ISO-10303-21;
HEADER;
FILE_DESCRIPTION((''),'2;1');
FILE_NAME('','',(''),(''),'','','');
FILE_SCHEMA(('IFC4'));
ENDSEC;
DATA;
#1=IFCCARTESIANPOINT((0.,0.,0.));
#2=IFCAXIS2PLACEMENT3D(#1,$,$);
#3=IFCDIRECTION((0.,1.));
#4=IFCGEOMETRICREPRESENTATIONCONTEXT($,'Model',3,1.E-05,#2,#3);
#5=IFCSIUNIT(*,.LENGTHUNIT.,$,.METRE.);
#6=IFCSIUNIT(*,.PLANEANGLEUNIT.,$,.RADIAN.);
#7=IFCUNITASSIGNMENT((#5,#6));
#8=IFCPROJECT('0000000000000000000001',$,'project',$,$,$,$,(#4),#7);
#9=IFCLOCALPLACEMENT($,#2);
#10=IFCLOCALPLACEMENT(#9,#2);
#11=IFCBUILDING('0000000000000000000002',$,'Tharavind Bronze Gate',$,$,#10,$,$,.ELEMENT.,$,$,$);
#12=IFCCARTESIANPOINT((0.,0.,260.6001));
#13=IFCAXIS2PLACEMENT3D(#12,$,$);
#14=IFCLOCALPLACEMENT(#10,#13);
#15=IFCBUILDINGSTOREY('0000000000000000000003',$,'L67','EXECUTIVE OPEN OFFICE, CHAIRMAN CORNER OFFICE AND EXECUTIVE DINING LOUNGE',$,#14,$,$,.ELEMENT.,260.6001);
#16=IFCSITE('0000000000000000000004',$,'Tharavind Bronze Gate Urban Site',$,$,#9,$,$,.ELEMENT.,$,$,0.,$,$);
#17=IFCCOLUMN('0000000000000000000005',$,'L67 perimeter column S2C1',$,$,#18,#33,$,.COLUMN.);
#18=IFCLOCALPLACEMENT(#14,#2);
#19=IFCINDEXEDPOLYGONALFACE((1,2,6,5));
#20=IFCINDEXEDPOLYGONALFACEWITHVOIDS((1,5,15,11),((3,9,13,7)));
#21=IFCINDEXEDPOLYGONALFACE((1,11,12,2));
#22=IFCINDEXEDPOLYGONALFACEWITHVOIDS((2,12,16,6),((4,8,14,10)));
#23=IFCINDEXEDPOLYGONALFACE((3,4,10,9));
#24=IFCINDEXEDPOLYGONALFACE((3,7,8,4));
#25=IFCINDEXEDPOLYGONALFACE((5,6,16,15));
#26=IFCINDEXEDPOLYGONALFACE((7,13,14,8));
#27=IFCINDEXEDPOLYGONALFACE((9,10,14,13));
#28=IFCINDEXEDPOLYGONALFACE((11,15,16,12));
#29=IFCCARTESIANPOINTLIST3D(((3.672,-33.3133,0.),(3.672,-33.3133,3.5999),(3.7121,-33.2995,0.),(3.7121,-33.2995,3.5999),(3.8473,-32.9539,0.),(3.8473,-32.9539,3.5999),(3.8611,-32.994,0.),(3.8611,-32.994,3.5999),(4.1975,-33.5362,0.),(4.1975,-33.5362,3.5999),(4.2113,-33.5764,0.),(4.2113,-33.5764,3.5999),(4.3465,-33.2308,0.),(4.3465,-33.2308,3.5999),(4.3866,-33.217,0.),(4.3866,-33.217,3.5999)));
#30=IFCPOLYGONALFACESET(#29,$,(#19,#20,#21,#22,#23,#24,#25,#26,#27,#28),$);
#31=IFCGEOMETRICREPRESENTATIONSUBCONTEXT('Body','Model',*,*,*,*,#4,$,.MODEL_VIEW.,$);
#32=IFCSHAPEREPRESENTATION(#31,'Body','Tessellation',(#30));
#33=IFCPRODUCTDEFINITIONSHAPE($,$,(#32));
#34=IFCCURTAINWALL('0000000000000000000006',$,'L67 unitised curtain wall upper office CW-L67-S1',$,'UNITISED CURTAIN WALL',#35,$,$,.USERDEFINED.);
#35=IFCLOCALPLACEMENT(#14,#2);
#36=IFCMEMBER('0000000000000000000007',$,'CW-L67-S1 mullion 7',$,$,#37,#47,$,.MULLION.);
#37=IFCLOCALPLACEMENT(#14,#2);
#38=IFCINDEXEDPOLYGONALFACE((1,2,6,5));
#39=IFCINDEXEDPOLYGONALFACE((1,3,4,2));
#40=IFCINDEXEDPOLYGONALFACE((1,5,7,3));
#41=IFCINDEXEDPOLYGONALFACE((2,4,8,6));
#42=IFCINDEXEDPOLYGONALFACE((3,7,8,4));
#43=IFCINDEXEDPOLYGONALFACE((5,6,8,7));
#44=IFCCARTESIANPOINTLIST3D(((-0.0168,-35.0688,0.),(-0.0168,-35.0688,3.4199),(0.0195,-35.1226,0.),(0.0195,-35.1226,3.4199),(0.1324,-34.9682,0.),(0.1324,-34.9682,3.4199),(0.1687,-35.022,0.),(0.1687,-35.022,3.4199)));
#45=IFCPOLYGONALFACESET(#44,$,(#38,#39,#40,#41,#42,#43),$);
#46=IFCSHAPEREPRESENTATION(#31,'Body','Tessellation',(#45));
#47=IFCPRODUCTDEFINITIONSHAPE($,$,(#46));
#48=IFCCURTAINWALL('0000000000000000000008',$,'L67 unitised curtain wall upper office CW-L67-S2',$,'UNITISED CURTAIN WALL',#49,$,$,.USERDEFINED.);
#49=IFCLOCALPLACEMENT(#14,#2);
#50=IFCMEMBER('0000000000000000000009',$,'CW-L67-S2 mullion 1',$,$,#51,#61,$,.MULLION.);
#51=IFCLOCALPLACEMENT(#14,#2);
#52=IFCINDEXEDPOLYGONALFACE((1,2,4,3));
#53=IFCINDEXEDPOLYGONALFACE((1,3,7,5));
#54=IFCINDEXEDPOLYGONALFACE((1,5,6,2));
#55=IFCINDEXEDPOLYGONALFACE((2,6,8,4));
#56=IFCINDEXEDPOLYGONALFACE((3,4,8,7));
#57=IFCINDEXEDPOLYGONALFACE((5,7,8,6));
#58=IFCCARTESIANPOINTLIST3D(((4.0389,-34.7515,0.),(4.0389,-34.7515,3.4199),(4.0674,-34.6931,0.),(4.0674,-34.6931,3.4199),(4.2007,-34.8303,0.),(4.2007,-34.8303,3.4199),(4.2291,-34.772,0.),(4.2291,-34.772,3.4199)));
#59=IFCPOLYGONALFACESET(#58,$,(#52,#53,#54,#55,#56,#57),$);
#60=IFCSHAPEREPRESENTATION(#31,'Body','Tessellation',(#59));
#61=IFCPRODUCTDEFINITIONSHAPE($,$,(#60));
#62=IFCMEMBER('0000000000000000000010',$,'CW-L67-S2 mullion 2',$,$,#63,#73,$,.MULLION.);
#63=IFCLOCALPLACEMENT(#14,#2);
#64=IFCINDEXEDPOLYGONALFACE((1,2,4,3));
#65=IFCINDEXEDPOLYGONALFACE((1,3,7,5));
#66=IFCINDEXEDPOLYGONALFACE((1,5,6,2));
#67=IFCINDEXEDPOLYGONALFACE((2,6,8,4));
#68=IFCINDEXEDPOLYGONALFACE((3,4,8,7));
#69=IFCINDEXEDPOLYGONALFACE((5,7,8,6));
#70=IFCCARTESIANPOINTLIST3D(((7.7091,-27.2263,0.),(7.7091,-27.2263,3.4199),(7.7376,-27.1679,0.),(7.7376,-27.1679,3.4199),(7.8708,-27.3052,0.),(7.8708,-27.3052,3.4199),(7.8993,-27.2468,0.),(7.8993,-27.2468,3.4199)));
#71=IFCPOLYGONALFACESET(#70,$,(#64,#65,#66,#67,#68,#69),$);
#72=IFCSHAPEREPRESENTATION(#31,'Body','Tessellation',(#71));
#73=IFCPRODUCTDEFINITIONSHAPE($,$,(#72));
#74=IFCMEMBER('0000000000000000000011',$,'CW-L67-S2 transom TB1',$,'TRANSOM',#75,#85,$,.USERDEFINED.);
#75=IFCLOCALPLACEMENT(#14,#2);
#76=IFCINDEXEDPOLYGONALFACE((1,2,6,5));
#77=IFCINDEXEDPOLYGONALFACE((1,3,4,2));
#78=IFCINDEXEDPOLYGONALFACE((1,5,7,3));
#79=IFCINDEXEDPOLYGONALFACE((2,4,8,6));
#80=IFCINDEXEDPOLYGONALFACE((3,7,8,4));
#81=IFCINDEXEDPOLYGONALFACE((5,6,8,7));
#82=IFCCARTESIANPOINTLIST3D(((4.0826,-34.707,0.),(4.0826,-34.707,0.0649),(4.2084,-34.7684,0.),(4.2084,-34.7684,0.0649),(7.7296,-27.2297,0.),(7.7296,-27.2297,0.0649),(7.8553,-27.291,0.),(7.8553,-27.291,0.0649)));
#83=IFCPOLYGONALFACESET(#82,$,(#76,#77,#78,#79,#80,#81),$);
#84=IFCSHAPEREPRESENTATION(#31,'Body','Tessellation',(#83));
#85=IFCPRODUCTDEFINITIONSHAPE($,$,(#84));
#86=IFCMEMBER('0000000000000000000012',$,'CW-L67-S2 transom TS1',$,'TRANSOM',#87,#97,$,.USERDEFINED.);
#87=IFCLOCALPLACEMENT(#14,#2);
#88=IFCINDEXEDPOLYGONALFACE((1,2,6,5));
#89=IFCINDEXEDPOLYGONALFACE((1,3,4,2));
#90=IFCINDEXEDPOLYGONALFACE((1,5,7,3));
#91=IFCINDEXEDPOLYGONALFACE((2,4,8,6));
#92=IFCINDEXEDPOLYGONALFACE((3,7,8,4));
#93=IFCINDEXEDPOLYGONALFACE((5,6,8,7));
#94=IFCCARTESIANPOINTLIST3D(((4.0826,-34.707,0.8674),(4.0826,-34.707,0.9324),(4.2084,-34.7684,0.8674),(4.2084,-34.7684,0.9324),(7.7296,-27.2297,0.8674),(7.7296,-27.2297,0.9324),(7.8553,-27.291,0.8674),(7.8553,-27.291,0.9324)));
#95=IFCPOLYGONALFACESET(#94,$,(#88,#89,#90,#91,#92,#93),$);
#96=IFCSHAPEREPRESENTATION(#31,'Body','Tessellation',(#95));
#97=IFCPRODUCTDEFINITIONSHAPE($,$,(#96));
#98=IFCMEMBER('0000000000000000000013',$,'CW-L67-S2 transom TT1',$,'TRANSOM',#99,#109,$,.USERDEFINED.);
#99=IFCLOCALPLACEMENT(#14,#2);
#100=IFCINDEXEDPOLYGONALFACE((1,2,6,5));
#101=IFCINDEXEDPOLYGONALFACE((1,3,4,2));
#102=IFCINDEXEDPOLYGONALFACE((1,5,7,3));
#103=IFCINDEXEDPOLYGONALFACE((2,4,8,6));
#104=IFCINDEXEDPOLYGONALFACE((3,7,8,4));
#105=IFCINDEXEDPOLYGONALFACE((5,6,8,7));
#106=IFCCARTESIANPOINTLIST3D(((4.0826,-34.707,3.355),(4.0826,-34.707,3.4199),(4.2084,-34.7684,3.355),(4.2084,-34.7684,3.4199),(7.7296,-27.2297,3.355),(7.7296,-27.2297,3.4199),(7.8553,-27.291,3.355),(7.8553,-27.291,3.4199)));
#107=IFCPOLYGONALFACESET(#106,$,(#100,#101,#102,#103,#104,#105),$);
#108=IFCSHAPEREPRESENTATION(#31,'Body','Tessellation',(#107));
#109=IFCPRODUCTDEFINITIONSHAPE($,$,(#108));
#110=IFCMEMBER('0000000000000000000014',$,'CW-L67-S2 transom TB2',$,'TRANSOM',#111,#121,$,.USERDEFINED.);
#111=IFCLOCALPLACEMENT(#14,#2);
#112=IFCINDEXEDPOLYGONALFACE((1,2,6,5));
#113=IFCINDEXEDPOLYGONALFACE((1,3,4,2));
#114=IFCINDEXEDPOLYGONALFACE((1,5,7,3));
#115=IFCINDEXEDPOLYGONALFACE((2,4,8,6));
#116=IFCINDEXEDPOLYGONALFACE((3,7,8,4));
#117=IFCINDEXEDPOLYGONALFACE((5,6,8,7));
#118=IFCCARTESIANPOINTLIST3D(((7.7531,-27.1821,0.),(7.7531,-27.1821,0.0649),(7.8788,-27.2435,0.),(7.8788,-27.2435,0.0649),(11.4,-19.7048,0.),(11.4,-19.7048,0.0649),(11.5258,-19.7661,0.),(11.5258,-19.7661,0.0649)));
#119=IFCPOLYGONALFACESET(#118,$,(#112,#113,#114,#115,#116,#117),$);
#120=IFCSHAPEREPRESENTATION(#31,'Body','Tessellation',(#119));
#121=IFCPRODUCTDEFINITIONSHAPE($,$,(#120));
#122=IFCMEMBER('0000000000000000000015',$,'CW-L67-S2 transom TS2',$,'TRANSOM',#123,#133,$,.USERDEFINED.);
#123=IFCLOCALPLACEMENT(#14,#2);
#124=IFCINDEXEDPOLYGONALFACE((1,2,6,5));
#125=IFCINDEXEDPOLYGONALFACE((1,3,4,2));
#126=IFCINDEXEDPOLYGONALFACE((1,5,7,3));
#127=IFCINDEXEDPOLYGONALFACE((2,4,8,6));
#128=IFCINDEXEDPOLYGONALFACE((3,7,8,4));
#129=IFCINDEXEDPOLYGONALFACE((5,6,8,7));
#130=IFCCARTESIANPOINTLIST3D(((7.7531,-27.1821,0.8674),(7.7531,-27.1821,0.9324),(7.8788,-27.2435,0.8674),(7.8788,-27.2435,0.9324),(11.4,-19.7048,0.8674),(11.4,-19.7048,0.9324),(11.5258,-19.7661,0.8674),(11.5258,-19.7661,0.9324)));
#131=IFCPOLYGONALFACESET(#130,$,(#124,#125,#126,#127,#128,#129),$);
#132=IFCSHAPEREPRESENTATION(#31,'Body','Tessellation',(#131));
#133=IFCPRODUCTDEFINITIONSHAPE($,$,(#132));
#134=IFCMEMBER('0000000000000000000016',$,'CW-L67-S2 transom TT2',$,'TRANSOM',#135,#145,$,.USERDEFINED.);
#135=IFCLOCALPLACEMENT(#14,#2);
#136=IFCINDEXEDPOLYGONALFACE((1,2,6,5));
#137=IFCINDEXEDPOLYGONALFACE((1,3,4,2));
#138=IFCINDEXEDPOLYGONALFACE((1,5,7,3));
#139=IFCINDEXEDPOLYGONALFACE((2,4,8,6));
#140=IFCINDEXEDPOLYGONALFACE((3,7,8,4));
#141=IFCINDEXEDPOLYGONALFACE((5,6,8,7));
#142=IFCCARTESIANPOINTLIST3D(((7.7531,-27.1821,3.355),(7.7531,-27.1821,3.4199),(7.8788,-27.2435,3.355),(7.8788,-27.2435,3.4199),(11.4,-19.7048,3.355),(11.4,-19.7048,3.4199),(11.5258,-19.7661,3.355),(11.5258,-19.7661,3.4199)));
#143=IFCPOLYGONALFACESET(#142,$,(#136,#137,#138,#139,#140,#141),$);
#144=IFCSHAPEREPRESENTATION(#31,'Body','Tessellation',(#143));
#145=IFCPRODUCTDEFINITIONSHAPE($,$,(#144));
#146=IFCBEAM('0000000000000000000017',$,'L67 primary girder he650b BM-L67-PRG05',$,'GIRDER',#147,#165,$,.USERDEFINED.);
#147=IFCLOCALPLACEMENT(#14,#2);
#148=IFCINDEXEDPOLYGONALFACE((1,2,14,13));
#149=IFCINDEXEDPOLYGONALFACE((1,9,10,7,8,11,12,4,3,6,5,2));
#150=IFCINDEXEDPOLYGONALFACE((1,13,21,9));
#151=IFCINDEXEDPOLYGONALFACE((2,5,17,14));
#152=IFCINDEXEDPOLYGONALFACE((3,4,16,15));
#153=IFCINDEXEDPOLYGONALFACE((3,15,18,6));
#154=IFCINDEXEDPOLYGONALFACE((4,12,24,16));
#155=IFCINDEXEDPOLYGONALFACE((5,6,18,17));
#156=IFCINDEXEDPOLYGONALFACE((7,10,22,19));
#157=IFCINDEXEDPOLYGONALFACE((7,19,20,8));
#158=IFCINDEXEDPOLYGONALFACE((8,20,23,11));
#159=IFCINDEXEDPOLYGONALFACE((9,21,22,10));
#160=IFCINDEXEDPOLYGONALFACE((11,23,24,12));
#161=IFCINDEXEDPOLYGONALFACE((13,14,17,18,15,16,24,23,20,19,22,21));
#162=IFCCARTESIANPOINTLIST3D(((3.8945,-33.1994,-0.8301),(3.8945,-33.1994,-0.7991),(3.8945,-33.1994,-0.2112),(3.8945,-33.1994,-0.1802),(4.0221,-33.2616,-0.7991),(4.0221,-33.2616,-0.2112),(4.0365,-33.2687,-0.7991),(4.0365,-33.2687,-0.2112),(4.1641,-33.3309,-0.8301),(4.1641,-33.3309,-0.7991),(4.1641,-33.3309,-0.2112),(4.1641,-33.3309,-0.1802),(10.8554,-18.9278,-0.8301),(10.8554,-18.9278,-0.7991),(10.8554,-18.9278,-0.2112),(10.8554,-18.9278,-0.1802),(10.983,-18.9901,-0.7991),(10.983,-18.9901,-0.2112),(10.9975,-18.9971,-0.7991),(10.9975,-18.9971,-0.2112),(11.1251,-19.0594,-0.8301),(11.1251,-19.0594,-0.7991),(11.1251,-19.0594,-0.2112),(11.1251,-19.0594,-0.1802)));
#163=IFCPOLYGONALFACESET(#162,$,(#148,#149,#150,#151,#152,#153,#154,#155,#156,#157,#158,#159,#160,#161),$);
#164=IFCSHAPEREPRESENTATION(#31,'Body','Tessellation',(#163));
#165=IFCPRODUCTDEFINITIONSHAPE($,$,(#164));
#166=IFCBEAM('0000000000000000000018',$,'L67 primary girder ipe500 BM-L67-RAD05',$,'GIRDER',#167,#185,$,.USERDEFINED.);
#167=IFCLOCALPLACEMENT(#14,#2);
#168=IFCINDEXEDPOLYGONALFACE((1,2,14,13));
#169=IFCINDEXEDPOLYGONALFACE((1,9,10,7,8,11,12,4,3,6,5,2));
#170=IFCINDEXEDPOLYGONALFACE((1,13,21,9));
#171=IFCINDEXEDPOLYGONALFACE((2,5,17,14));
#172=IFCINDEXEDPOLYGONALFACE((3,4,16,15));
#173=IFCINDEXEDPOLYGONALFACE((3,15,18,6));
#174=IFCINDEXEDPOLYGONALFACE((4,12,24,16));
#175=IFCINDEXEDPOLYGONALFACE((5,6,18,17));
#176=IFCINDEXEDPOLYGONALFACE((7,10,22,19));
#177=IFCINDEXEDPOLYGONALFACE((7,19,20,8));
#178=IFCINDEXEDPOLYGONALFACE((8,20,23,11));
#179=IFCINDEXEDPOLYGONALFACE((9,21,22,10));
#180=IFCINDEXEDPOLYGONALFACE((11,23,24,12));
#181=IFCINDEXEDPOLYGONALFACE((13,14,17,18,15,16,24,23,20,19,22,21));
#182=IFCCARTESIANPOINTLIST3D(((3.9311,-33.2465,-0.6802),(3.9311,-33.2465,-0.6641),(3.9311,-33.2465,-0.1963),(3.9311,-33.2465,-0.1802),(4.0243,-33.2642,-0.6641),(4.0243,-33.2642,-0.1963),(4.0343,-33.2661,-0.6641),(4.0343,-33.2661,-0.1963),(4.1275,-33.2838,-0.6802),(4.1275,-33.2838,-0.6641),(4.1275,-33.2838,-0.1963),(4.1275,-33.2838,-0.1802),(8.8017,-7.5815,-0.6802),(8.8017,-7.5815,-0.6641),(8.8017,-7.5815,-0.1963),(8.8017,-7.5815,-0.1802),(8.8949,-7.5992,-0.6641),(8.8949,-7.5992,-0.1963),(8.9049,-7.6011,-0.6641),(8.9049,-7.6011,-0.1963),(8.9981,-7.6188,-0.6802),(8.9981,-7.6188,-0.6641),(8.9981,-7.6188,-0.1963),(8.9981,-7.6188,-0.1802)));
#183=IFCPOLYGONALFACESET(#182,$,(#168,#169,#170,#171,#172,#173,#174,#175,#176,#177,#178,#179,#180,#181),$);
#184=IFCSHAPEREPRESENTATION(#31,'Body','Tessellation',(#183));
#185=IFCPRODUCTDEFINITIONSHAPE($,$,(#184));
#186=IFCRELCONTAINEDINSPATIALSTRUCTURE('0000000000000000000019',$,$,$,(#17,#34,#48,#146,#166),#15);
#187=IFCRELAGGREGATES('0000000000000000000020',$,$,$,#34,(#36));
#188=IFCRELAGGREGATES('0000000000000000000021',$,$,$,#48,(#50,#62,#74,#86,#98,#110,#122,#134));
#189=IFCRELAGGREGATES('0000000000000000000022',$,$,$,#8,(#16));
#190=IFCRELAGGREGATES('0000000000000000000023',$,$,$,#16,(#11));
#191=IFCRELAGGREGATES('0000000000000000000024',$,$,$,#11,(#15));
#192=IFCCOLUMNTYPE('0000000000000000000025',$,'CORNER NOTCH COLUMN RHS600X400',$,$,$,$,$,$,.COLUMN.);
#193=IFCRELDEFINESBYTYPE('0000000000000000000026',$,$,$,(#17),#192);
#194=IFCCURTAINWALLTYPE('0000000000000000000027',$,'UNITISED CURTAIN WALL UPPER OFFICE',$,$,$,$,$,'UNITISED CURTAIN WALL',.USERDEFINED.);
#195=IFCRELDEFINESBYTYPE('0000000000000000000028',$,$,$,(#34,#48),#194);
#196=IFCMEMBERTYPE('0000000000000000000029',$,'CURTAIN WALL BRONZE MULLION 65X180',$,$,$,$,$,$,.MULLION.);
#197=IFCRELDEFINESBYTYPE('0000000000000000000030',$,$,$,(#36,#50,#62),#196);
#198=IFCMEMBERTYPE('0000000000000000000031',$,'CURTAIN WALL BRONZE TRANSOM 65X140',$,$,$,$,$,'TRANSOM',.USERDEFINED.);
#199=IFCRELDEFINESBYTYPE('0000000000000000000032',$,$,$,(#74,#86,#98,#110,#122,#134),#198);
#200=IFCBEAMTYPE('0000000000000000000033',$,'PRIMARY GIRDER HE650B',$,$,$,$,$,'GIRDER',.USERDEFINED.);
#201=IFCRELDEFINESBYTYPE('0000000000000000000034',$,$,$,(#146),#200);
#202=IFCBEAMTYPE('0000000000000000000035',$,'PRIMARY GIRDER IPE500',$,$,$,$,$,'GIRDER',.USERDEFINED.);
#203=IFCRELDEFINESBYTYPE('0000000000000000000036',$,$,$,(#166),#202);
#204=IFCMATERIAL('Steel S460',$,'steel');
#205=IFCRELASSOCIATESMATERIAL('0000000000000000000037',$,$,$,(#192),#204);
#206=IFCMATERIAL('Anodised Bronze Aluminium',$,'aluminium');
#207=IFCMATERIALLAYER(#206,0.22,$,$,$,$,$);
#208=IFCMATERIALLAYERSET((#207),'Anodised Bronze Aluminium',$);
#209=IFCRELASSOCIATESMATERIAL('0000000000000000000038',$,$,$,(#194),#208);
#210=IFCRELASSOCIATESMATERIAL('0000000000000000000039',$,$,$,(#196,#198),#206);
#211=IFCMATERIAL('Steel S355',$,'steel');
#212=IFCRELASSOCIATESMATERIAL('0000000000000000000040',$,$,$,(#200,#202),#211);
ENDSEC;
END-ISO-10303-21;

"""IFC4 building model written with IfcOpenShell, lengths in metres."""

from ifc_helpers import new_model, si_unit, direction, frame, origin, origin_2d, place, context, subcontext, project, spatial, rectangle, hollow_rectangle, i_section, extrude, material, layer, layer_set, material_profile, profile_set, type_object, element, aggregate, save


model = new_model("IFC4")

# Units and contexts
model_context = context("Model", 3, precision=1e-05, world=origin(), true_north=direction((0.0, 1.0)))
body_context = subcontext(model_context, "Body", "Model", "MODEL_VIEW")
ifc_project = project(units=[si_unit("LENGTHUNIT", "METRE"), si_unit("PLANEANGLEUNIT", "RADIAN")], contexts=[model_context])

# Site, building, storey
site_placement = place(None, origin())
site = spatial("IfcSite", under=ifc_project, at=site_placement, Name="Tharavind Bronze Gate Urban Site", CompositionType="ELEMENT", RefElevation=0.0)
building_placement = place(site_placement, origin())
building = spatial("IfcBuilding", under=site, at=building_placement, Name="Tharavind Bronze Gate", CompositionType="ELEMENT")
storey_placement = place(building_placement, frame((0.0, 0.0, 260.6001)))
storey = spatial("IfcBuildingStorey", under=building, at=storey_placement, Name="L67", Description="EXECUTIVE OPEN OFFICE, CHAIRMAN CORNER OFFICE AND EXECUTIVE DINING LOUNGE", CompositionType="ELEMENT", Elevation=260.6001)

# Column
ifc_material_1 = material(Name="Steel S460", Category="steel")
ifc_material_profile_1 = material_profile(ifc_material_1, hollow_rectangle(XDim=0.3999, YDim=0.6001, WallThickness=0.03, at=origin_2d()), Name="RHS600X400X30")
ifc_profile_set_1 = profile_set([ifc_material_profile_1], Name="Steel S460")
column_type = type_object("IfcColumnType", Name="CORNER NOTCH COLUMN RHS600X400", PredefinedType="COLUMN", material=ifc_profile_set_1)
column_placement = place(storey_placement, frame((4.0293, -33.2651, 0.0), z_axis=(0.0, 0.0, 1.0), x_axis=(0.438373, 0.898793, 0.0)))
element("IfcColumn", 1, at=column_placement, inside=storey, type_object=column_type, Name="L67 perimeter column S2C1", PredefinedType="COLUMN", context=body_context, shape_type="SweptSolid", body=[
    extrude(hollow_rectangle(XDim=0.3999, YDim=0.6001, WallThickness=0.03, at=origin_2d()), origin(), (0.0, 0.0, 1.0), 3.5999),
])

# Curtain wall, member
ifc_material_2 = material(Name="Anodised Bronze Aluminium", Category="aluminium")
ifc_layer_1 = layer(ifc_material_2, 0.22)
ifc_layer_set_1 = layer_set([ifc_layer_1], Name="Anodised Bronze Aluminium")
curtain_wall_type = type_object("IfcCurtainWallType", Name="UNITISED CURTAIN WALL UPPER OFFICE", ElementType="UNITISED CURTAIN WALL", PredefinedType="USERDEFINED", material=ifc_layer_set_1)
curtain_wall_1_placement = place(storey_placement, origin())
curtain_wall_1 = element("IfcCurtainWall", 2, at=curtain_wall_1_placement, inside=storey, type_object=curtain_wall_type, Name="L67 unitised curtain wall upper office CW-L67-S1", ObjectType="UNITISED CURTAIN WALL", PredefinedType="USERDEFINED")
member_type_1 = type_object("IfcMemberType", Name="CURTAIN WALL BRONZE MULLION 65X180", PredefinedType="MULLION", material=ifc_material_2)
member_1_placement = place(storey_placement, frame((0.0759, -35.0454, 0.0), z_axis=(0.0, 0.0, 1.0), x_axis=(0.559191, -0.829039, 0.0)))
member_1 = element("IfcMember", 3, at=member_1_placement, type_object=member_type_1, Name="CW-L67-S1 mullion 7", PredefinedType="MULLION", context=body_context, shape_type="SweptSolid", body=[
    extrude(rectangle(XDim=0.0649, YDim=0.1799, at=origin_2d()), origin(), (0.0, 0.0, 1.0), 3.4199),
])
aggregate(curtain_wall_1, [member_1])

# Curtain wall, members
curtain_wall_2_placement = place(storey_placement, origin())
curtain_wall_2 = element("IfcCurtainWall", 4, at=curtain_wall_2_placement, inside=storey, type_object=curtain_wall_type, Name="L67 unitised curtain wall upper office CW-L67-S2", ObjectType="UNITISED CURTAIN WALL", PredefinedType="USERDEFINED")
member_2_placement = place(storey_placement, frame((4.134, -34.7617, 0.0), z_axis=(0.0, 0.0, 1.0), x_axis=(0.438373, 0.898793, 0.0)))
member_2 = element("IfcMember", 5, at=member_2_placement, type_object=member_type_1, Name="CW-L67-S2 mullion 1", PredefinedType="MULLION", context=body_context, shape_type="SweptSolid", body=[
    extrude(rectangle(XDim=0.0649, YDim=0.1799, at=origin_2d()), origin(), (0.0, 0.0, 1.0), 3.4199),
])
member_3_placement = place(storey_placement, frame((7.8042, -27.2366, 0.0), z_axis=(0.0, 0.0, 1.0), x_axis=(0.438373, 0.898793, 0.0)))
member_3 = element("IfcMember", 6, at=member_3_placement, type_object=member_type_1, Name="CW-L67-S2 mullion 2", PredefinedType="MULLION", context=body_context, shape_type="SweptSolid", body=[
    extrude(rectangle(XDim=0.0649, YDim=0.1799, at=origin_2d()), origin(), (0.0, 0.0, 1.0), 3.4199),
])
member_type_2 = type_object("IfcMemberType", Name="CURTAIN WALL BRONZE TRANSOM 65X140", ElementType="TRANSOM", PredefinedType="USERDEFINED", material=ifc_material_2)
member_4_placement = place(storey_placement, frame((5.969, -30.999, 0.0), z_axis=(0.0, 0.0, 1.0), x_axis=(0.438373, 0.898793, 0.0)))
member_4 = element("IfcMember", 7, at=member_4_placement, type_object=member_type_2, Name="CW-L67-S2 transom TB1", ObjectType="TRANSOM", PredefinedType="USERDEFINED", context=body_context, shape_type="SweptSolid", body=[
    extrude(rectangle(XDim=8.3193, YDim=0.1399, at=origin_2d()), origin(), (0.0, 0.0, 1.0), 0.0649),
])
member_5_placement = place(storey_placement, frame((5.969, -30.999, 0.8674), z_axis=(0.0, 0.0, 1.0), x_axis=(0.438373, 0.898793, 0.0)))
member_5 = element("IfcMember", 8, at=member_5_placement, type_object=member_type_2, Name="CW-L67-S2 transom TS1", ObjectType="TRANSOM", PredefinedType="USERDEFINED", context=body_context, shape_type="SweptSolid", body=[
    extrude(rectangle(XDim=8.3193, YDim=0.1399, at=origin_2d()), origin(), (0.0, 0.0, 1.0), 0.0649),
])
member_6_placement = place(storey_placement, frame((5.969, -30.999, 3.355), z_axis=(0.0, 0.0, 1.0), x_axis=(0.438373, 0.898793, 0.0)))
member_6 = element("IfcMember", 9, at=member_6_placement, type_object=member_type_2, Name="CW-L67-S2 transom TT1", ObjectType="TRANSOM", PredefinedType="USERDEFINED", context=body_context, shape_type="SweptSolid", body=[
    extrude(rectangle(XDim=8.3193, YDim=0.1399, at=origin_2d()), origin(), (0.0, 0.0, 1.0), 0.0649),
])
member_7_placement = place(storey_placement, frame((9.6394, -23.4741, 0.0), z_axis=(0.0, 0.0, 1.0), x_axis=(0.438373, 0.898793, 0.0)))
member_7 = element("IfcMember", 10, at=member_7_placement, type_object=member_type_2, Name="CW-L67-S2 transom TB2", ObjectType="TRANSOM", PredefinedType="USERDEFINED", context=body_context, shape_type="SweptSolid", body=[
    extrude(rectangle(XDim=8.3193, YDim=0.1399, at=origin_2d()), origin(), (0.0, 0.0, 1.0), 0.0649),
])
member_8_placement = place(storey_placement, frame((9.6394, -23.4741, 0.8674), z_axis=(0.0, 0.0, 1.0), x_axis=(0.438373, 0.898793, 0.0)))
member_8 = element("IfcMember", 11, at=member_8_placement, type_object=member_type_2, Name="CW-L67-S2 transom TS2", ObjectType="TRANSOM", PredefinedType="USERDEFINED", context=body_context, shape_type="SweptSolid", body=[
    extrude(rectangle(XDim=8.3193, YDim=0.1399, at=origin_2d()), origin(), (0.0, 0.0, 1.0), 0.0649),
])
member_9_placement = place(storey_placement, frame((9.6394, -23.4741, 3.355), z_axis=(0.0, 0.0, 1.0), x_axis=(0.438373, 0.898793, 0.0)))
member_9 = element("IfcMember", 12, at=member_9_placement, type_object=member_type_2, Name="CW-L67-S2 transom TT2", ObjectType="TRANSOM", PredefinedType="USERDEFINED", context=body_context, shape_type="SweptSolid", body=[
    extrude(rectangle(XDim=8.3193, YDim=0.1399, at=origin_2d()), origin(), (0.0, 0.0, 1.0), 0.0649),
])

# Beams
ifc_material_3 = material(Name="Steel S355", Category="steel")
ifc_material_profile_2 = material_profile(ifc_material_3, i_section(OverallWidth=0.3, OverallDepth=0.6499, WebThickness=0.0161, FlangeThickness=0.031, at=origin_2d()), Name="HE650B")
ifc_profile_set_2 = profile_set([ifc_material_profile_2], Name="Steel S355")
beam_type_1 = type_object("IfcBeamType", Name="PRIMARY GIRDER HE650B", ElementType="GIRDER", PredefinedType="USERDEFINED", material=ifc_profile_set_2)
beam_1_placement = place(storey_placement, frame((4.0293, -33.2651, -0.5051), z_axis=(0.438385, 0.898787, 0.0), x_axis=(-0.898787, 0.438385, 0.0)))
element("IfcBeam", 13, at=beam_1_placement, inside=storey, type_object=beam_type_1, Name="L67 primary girder he650b BM-L67-PRG05", ObjectType="GIRDER", PredefinedType="USERDEFINED", context=body_context, shape_type="SweptSolid", body=[
    extrude(i_section(OverallWidth=0.3, OverallDepth=0.6499, WebThickness=0.0161, FlangeThickness=0.031, at=origin_2d()), origin(), (0.0, 0.0, 1.0), 15.8787),
])
ifc_material_profile_3 = material_profile(ifc_material_3, i_section(OverallWidth=0.2, OverallDepth=0.5, WebThickness=0.0103, FlangeThickness=0.0161, at=origin_2d()), Name="IPE500")
ifc_profile_set_3 = profile_set([ifc_material_profile_3], Name="Steel S355")
beam_type_2 = type_object("IfcBeamType", Name="PRIMARY GIRDER IPE500", ElementType="GIRDER", PredefinedType="USERDEFINED", material=ifc_profile_set_3)
beam_2_placement = place(storey_placement, frame((4.0293, -33.2651, -0.4302), z_axis=(0.186448, 0.982465, 0.0), x_axis=(-0.982465, 0.186448, 0.0)))
element("IfcBeam", 14, at=beam_2_placement, inside=storey, type_object=beam_type_2, Name="L67 primary girder ipe500 BM-L67-RAD05", ObjectType="GIRDER", PredefinedType="USERDEFINED", context=body_context, shape_type="SweptSolid", body=[
    extrude(i_section(OverallWidth=0.2, OverallDepth=0.5, WebThickness=0.0103, FlangeThickness=0.0161, at=origin_2d()), origin(), (0.0, 0.0, 1.0), 26.123),
])

aggregate(curtain_wall_2, [member_2, member_3, member_4, member_5, member_6, member_7, member_8, member_9])

save(model, "model.ifc")
